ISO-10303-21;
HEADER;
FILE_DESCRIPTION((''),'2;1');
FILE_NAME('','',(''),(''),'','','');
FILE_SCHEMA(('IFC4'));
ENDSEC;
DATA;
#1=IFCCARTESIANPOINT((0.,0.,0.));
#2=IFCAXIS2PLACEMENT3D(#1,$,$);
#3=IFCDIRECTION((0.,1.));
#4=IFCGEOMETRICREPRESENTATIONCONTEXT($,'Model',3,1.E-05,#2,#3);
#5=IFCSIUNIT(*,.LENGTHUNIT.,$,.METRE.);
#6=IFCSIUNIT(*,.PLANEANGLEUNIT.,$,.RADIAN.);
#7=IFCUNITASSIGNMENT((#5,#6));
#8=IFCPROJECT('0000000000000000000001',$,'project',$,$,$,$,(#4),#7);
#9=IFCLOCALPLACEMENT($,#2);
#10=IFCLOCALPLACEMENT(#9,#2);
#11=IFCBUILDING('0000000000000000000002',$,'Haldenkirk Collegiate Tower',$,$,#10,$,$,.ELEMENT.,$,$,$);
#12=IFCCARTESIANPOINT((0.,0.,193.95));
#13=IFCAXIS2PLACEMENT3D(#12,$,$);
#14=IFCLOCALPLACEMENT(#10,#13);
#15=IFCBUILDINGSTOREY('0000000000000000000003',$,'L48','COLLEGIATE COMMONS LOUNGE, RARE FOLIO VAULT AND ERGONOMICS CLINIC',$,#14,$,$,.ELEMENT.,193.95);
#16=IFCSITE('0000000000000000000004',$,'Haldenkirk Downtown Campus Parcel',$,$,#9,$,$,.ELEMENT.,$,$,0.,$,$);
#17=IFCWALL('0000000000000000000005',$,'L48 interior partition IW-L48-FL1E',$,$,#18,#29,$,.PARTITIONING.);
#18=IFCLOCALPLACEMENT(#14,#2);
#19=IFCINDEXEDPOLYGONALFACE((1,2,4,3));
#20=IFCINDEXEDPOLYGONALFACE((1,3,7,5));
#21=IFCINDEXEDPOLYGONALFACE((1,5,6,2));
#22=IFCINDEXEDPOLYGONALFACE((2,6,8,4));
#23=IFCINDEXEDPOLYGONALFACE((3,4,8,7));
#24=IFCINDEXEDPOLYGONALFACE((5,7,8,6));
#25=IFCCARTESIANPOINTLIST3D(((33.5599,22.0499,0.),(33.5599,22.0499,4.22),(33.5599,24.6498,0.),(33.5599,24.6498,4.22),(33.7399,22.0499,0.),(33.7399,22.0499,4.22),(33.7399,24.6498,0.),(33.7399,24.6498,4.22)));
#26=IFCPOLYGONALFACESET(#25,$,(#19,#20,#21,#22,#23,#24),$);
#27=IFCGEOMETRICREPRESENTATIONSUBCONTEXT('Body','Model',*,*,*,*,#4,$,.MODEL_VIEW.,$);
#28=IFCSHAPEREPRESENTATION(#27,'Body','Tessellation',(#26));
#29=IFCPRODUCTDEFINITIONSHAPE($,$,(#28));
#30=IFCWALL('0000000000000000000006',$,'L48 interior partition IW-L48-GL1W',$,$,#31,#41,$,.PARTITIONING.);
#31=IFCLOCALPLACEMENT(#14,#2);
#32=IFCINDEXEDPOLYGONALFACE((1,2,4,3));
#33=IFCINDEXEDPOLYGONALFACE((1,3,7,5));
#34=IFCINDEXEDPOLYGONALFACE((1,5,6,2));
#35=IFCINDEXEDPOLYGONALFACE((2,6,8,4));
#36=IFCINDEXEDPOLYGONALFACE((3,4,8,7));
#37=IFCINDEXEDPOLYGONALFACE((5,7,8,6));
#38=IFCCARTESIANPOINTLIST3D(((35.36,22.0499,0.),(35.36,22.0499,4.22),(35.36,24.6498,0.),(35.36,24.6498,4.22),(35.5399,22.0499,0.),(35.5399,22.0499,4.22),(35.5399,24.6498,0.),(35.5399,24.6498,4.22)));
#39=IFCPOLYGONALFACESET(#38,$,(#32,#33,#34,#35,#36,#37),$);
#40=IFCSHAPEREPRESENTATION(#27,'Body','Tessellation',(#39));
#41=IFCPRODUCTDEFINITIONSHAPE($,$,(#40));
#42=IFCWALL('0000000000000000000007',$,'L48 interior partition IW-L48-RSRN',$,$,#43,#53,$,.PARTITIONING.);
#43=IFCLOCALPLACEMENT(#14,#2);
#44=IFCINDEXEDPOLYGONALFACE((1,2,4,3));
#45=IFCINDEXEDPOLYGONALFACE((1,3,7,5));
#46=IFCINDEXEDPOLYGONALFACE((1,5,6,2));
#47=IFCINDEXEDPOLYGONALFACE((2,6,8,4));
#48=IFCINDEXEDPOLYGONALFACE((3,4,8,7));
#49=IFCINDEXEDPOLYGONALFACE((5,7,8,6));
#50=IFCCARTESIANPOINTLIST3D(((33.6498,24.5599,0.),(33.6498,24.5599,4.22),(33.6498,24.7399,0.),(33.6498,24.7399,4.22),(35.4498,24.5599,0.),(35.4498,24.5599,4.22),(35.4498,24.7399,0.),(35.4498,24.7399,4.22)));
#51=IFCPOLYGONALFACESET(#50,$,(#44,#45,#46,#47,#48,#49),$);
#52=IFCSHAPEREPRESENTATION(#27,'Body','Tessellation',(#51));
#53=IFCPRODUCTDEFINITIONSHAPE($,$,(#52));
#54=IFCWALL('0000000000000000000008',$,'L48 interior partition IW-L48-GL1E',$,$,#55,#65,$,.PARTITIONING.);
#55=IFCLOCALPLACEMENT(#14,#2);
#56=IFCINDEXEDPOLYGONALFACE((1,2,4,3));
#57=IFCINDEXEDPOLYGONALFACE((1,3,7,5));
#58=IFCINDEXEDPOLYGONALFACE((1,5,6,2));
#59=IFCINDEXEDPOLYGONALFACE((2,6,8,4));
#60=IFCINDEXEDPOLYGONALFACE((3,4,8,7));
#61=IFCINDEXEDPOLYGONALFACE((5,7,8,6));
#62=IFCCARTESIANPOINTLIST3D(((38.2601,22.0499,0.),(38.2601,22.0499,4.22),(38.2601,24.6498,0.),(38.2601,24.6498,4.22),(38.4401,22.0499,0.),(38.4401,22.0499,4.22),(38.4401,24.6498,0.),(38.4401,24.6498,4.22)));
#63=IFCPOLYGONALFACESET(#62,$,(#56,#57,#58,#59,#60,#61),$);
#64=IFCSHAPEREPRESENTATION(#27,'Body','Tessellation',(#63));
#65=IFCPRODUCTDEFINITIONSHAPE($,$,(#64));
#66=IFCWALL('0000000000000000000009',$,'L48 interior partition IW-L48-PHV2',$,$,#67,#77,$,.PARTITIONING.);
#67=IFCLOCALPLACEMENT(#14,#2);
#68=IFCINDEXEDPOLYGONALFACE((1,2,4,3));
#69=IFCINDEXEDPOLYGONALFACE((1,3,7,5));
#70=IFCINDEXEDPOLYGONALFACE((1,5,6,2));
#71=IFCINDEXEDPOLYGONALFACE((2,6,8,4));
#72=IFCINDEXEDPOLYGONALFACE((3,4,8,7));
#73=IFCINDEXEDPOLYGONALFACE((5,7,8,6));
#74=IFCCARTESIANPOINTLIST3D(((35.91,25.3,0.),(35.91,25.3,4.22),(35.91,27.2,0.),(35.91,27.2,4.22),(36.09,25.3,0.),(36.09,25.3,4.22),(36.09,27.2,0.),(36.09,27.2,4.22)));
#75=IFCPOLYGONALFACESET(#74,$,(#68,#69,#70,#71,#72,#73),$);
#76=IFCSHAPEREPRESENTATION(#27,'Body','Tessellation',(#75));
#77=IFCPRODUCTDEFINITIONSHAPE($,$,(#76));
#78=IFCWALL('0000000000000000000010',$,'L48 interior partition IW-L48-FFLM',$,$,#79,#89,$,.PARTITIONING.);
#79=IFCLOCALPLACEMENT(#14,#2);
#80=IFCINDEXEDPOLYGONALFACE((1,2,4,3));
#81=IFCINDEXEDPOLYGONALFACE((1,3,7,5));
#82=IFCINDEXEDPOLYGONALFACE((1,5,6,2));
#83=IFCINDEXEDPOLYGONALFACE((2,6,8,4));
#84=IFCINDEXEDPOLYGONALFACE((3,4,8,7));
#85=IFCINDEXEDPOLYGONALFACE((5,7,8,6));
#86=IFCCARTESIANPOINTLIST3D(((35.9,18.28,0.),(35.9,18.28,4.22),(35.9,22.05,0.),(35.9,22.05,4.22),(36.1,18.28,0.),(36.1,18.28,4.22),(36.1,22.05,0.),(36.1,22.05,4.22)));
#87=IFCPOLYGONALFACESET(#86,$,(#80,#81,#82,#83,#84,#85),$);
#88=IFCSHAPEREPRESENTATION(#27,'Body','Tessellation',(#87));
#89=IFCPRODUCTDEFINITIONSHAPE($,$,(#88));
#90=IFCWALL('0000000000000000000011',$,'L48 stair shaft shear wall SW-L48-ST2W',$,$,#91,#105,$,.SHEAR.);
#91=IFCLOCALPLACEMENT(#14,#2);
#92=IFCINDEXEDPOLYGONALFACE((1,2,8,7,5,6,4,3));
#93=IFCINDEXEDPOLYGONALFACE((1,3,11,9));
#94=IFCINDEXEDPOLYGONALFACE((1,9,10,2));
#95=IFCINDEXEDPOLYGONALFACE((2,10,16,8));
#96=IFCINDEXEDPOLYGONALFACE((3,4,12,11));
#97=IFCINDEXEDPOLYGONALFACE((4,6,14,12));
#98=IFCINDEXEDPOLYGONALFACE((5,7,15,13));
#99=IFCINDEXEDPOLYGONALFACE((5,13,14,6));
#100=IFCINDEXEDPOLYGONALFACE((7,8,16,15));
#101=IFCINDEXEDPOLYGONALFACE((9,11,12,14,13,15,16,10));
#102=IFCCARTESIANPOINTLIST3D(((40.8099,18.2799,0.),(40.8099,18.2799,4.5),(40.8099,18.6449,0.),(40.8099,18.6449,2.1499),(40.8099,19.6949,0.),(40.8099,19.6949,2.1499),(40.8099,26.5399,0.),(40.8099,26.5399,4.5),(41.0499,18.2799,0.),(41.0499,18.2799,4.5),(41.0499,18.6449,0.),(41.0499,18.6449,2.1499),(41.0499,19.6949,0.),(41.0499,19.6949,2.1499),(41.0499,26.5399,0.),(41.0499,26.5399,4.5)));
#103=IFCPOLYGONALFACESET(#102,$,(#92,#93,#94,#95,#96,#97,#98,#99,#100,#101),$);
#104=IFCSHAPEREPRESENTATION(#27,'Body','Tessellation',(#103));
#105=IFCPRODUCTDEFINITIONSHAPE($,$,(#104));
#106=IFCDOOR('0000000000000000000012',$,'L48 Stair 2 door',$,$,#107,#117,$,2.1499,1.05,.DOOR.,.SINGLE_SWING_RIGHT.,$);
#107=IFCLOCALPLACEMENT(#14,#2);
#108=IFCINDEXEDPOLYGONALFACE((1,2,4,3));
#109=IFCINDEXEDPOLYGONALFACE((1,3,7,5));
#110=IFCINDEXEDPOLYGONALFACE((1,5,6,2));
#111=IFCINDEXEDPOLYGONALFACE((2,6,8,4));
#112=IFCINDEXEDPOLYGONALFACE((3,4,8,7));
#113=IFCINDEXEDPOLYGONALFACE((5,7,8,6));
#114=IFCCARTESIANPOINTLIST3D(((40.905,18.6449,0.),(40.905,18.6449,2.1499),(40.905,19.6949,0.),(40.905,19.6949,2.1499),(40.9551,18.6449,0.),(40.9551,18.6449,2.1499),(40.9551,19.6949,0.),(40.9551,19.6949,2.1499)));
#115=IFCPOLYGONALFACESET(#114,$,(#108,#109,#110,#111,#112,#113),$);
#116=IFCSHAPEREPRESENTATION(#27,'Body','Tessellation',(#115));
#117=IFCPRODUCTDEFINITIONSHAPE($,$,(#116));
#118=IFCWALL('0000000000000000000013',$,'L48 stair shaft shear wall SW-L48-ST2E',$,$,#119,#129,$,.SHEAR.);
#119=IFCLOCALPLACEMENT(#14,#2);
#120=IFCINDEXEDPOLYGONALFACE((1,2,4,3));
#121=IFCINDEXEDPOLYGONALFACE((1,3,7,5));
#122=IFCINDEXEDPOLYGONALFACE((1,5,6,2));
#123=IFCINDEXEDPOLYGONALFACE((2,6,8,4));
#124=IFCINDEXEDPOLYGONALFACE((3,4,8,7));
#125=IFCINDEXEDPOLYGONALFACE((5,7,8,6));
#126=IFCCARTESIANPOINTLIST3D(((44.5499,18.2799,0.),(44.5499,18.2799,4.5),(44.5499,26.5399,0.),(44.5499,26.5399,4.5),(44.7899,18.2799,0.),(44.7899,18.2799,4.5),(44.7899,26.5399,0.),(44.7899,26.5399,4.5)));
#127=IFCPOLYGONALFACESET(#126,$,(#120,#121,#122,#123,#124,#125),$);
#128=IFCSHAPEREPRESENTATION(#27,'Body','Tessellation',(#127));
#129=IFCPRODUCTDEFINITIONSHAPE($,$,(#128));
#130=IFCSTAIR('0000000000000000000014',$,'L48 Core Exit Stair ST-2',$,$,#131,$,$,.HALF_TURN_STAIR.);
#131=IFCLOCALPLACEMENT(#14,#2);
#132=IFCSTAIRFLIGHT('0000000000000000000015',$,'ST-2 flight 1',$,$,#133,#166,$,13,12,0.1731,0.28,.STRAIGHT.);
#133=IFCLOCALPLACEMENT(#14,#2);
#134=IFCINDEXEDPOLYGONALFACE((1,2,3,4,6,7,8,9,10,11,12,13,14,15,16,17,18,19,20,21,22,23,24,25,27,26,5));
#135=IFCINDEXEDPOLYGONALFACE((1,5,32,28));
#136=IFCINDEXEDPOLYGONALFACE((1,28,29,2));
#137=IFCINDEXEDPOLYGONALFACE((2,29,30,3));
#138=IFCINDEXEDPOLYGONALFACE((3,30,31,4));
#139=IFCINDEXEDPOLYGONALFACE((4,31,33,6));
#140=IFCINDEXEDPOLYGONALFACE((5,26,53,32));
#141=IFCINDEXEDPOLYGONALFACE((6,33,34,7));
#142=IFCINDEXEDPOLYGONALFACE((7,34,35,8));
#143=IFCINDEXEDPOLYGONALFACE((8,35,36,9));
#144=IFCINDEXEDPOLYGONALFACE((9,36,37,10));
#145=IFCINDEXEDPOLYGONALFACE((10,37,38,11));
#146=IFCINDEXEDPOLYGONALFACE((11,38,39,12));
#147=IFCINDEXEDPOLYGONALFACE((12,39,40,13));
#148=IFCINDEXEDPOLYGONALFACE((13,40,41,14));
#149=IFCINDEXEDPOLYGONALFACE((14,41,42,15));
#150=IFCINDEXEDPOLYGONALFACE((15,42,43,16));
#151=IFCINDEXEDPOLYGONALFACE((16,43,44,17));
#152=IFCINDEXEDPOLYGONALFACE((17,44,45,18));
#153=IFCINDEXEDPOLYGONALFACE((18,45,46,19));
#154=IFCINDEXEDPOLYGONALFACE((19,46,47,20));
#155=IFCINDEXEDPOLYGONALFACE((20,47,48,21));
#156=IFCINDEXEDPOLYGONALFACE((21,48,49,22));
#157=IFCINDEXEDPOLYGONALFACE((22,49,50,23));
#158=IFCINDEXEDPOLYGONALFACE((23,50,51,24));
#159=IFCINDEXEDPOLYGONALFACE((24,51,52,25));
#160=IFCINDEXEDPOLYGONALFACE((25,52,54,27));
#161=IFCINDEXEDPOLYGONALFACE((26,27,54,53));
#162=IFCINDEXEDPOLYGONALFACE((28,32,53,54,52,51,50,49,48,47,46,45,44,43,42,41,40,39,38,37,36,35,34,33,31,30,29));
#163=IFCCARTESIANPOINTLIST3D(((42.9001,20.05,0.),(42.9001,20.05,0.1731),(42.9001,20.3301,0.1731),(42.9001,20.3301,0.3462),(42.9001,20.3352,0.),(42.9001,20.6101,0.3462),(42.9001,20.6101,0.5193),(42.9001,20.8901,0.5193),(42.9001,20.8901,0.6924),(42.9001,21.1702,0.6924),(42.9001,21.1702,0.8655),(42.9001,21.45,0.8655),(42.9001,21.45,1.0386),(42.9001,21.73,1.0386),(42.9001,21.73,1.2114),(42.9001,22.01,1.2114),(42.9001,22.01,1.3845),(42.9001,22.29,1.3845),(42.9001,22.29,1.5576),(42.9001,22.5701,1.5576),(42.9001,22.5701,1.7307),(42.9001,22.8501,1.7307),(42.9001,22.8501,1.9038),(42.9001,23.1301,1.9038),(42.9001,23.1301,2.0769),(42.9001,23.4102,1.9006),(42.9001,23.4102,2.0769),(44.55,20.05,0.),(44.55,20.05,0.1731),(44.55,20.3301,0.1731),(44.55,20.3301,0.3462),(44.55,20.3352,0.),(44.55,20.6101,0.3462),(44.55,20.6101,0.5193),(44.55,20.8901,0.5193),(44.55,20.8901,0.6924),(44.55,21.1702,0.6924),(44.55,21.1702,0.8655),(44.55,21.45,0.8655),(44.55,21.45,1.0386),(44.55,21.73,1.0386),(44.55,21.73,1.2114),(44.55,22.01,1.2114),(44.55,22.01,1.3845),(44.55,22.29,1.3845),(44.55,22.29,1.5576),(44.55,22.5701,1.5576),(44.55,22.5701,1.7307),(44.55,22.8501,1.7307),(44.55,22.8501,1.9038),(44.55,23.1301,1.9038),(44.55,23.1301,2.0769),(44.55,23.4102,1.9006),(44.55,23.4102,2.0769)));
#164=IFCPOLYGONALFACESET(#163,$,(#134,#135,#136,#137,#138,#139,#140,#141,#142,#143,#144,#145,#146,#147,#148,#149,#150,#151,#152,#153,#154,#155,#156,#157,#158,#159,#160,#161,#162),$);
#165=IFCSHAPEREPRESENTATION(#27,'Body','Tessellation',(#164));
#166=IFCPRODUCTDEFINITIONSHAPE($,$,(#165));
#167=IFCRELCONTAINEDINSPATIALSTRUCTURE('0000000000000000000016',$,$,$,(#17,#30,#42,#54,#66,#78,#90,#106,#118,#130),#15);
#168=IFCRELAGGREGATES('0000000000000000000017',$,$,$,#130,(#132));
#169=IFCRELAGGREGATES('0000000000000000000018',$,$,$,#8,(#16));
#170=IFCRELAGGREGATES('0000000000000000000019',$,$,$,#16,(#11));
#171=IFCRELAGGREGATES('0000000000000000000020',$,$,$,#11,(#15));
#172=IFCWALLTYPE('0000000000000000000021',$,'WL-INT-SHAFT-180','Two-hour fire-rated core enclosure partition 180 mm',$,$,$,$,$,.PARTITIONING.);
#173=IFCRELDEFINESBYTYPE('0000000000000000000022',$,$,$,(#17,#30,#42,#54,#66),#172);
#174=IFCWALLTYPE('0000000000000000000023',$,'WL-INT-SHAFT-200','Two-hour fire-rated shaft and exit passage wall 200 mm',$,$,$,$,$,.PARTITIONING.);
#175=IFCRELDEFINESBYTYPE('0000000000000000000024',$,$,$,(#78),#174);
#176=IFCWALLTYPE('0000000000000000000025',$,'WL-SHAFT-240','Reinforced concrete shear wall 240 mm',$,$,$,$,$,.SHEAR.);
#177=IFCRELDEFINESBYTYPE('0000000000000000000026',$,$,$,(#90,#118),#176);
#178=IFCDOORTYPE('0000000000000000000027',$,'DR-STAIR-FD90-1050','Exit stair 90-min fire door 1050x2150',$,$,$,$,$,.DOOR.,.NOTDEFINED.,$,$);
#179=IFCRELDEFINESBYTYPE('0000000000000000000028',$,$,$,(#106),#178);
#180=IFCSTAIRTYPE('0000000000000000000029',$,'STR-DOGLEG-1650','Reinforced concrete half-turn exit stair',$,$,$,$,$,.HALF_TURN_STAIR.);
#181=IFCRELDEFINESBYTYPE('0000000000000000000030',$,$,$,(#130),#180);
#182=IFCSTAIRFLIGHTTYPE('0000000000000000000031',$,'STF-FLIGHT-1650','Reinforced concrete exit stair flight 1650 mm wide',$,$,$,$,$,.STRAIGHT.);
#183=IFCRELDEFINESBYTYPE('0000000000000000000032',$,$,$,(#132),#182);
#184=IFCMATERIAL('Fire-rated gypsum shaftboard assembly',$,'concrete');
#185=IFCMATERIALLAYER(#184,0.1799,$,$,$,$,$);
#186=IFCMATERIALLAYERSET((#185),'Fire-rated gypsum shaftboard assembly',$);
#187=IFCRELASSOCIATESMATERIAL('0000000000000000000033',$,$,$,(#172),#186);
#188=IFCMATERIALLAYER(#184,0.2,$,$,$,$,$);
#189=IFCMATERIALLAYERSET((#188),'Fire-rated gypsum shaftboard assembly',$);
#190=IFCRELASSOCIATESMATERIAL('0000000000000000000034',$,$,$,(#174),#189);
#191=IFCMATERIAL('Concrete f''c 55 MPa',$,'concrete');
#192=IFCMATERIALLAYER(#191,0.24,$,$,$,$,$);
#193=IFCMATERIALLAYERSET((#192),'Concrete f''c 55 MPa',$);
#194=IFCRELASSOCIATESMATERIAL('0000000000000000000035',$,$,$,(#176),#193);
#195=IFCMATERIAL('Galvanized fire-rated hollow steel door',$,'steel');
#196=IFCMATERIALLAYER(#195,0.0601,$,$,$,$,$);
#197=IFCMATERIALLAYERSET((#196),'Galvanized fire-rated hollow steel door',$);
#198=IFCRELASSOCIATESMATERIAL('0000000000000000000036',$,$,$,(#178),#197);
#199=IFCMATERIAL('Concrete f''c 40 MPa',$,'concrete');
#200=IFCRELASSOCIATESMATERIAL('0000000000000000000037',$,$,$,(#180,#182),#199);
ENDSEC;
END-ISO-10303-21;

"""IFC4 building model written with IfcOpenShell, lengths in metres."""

from ifc_helpers import new_model, si_unit, direction, frame, frame_2d, origin, place, context, subcontext, project, spatial, polyline, rectangle, outline, extrude, material, layer, layer_set, type_object, element, fill, aggregate, save


model = new_model("IFC4")

# Units and contexts
model_context = context("Model", 3, precision=1e-05, world=origin(), true_north=direction((0.0, 1.0)))
body_context = subcontext(model_context, "Body", "Model", "MODEL_VIEW")
ifc_project = project(units=[si_unit("LENGTHUNIT", "METRE"), si_unit("PLANEANGLEUNIT", "RADIAN")], contexts=[model_context])

# Site, building, storey
site_placement = place(None, origin())
site = spatial("IfcSite", under=ifc_project, at=site_placement, Name="Haldenkirk Downtown Campus Parcel", CompositionType="ELEMENT", RefElevation=0.0)
building_placement = place(site_placement, origin())
building = spatial("IfcBuilding", under=site, at=building_placement, Name="Haldenkirk Collegiate Tower", CompositionType="ELEMENT")
storey_placement = place(building_placement, frame((0.0, 0.0, 193.95)))
storey = spatial("IfcBuildingStorey", under=building, at=storey_placement, Name="L48", Description="COLLEGIATE COMMONS LOUNGE, RARE FOLIO VAULT AND ERGONOMICS CLINIC", CompositionType="ELEMENT", Elevation=193.95)

# Walls
ifc_material_1 = material(Name="Fire-rated gypsum shaftboard assembly", Category="concrete")
ifc_layer_1 = layer(ifc_material_1, 0.1799)
ifc_layer_set_1 = layer_set([ifc_layer_1], Name="Fire-rated gypsum shaftboard assembly")
wall_type_1 = type_object("IfcWallType", Name="WL-INT-SHAFT-180", Description="Two-hour fire-rated core enclosure partition 180 mm", PredefinedType="PARTITIONING", material=ifc_layer_set_1)
for number, where, z_axis, x_axis, name in (
    (1, (33.6499, 22.05, 0.0), (0.0, 0.0, 1.0), (0.0, 1.0, 0.0), "L48 interior partition IW-L48-FL1E"),
    (2, (35.45, 22.05, 0.0), (0.0, 0.0, 1.0), (0.0, 1.0, 0.0), "L48 interior partition IW-L48-GL1W"),
):
    element("IfcWall", number, at=place(storey_placement, frame(where, z_axis=z_axis, x_axis=x_axis)), inside=storey, type_object=wall_type_1, Name=name, PredefinedType="PARTITIONING", context=body_context, shape_type="SweptSolid", body=[
        extrude(rectangle(XDim=2.5999, YDim=0.1799, at=frame_2d((1.2998, 0.0))), origin(), (0.0, 0.0, 1.0), 4.22),
    ])
wall_1_placement = place(storey_placement, frame((33.6499, 24.6499, 0.0), z_axis=(0.0, 0.0, 1.0), x_axis=(1.0, 0.0, 0.0)))
element("IfcWall", 3, at=wall_1_placement, inside=storey, type_object=wall_type_1, Name="L48 interior partition IW-L48-RSRN", PredefinedType="PARTITIONING", context=body_context, shape_type="SweptSolid", body=[
    extrude(rectangle(XDim=1.8, YDim=0.1799, at=frame_2d((0.8999, 0.0))), origin(), (0.0, 0.0, 1.0), 4.22),
])
wall_2_placement = place(storey_placement, frame((38.3501, 22.05, 0.0), z_axis=(0.0, 0.0, 1.0), x_axis=(0.0, 1.0, 0.0)))
element("IfcWall", 4, at=wall_2_placement, inside=storey, type_object=wall_type_1, Name="L48 interior partition IW-L48-GL1E", PredefinedType="PARTITIONING", context=body_context, shape_type="SweptSolid", body=[
    extrude(rectangle(XDim=2.5999, YDim=0.1799, at=frame_2d((1.2998, 0.0))), origin(), (0.0, 0.0, 1.0), 4.22),
])
wall_3_placement = place(storey_placement, frame((36.0, 25.3, 0.0), z_axis=(0.0, 0.0, 1.0), x_axis=(0.0, 1.0, 0.0)))
element("IfcWall", 5, at=wall_3_placement, inside=storey, type_object=wall_type_1, Name="L48 interior partition IW-L48-PHV2", PredefinedType="PARTITIONING", context=body_context, shape_type="SweptSolid", body=[
    extrude(rectangle(XDim=1.8999, YDim=0.1799, at=frame_2d((0.95, 0.0))), origin(), (0.0, 0.0, 1.0), 4.22),
])
ifc_layer_2 = layer(ifc_material_1, 0.2)
ifc_layer_set_2 = layer_set([ifc_layer_2], Name="Fire-rated gypsum shaftboard assembly")
wall_type_2 = type_object("IfcWallType", Name="WL-INT-SHAFT-200", Description="Two-hour fire-rated shaft and exit passage wall 200 mm", PredefinedType="PARTITIONING", material=ifc_layer_set_2)
wall_4_placement = place(storey_placement, frame((36.0, 18.28, 0.0), z_axis=(0.0, 0.0, 1.0), x_axis=(0.0, 1.0, 0.0)))
element("IfcWall", 6, at=wall_4_placement, inside=storey, type_object=wall_type_2, Name="L48 interior partition IW-L48-FFLM", PredefinedType="PARTITIONING", context=body_context, shape_type="SweptSolid", body=[
    extrude(rectangle(XDim=3.77, YDim=0.2, at=frame_2d((1.885, 0.0))), origin(), (0.0, 0.0, 1.0), 4.22),
])

# Wall, opening, door
ifc_material_2 = material(Name="Concrete f'c 55 MPa", Category="concrete")
ifc_layer_3 = layer(ifc_material_2, 0.24)
ifc_layer_set_3 = layer_set([ifc_layer_3], Name="Concrete f'c 55 MPa")
wall_type_3 = type_object("IfcWallType", Name="WL-SHAFT-240", Description="Reinforced concrete shear wall 240 mm", PredefinedType="SHEAR", material=ifc_layer_set_3)
wall_5_placement = place(storey_placement, frame((40.9299, 18.28, 0.0), z_axis=(0.0, 0.0, 1.0), x_axis=(0.0, 1.0, 0.0)))
wall_5 = element("IfcWall", 7, at=wall_5_placement, inside=storey, type_object=wall_type_3, Name="L48 stair shaft shear wall SW-L48-ST2W", PredefinedType="SHEAR", context=body_context, shape_type="SweptSolid", body=[
    extrude(rectangle(XDim=8.26, YDim=0.24, at=frame_2d((4.1299, 0.0))), origin(), (0.0, 0.0, 1.0), 4.5),
])
opening_1_placement = place(wall_5_placement, frame((0.365, 0.0, 0.0)))
opening_1 = element("IfcOpeningElement", 8, at=opening_1_placement, cuts=wall_5, PredefinedType="OPENING", context=body_context, shape_type="SweptSolid", body=[
    extrude(rectangle(XDim=1.05, YDim=2.1499, at=frame_2d((0.5249, 1.075))), frame((0.0, 0.1299, 0.0), z_axis=(0.0, -1.0, 0.0), x_axis=(1.0, 0.0, 0.0)), (0.0, 0.0, 1.0), 0.26),
])
ifc_material_3 = material(Name="Galvanized fire-rated hollow steel door", Category="steel")
ifc_layer_4 = layer(ifc_material_3, 0.0601)
ifc_layer_set_4 = layer_set([ifc_layer_4], Name="Galvanized fire-rated hollow steel door")
door_type_1 = type_object("IfcDoorType", Name="DR-STAIR-FD90-1050", Description="Exit stair 90-min fire door 1050x2150", OperationType="NOTDEFINED", PredefinedType="DOOR", material=ifc_layer_set_4)
door_1_placement = place(opening_1_placement, origin())
door_1 = element("IfcDoor", 9, at=door_1_placement, inside=storey, type_object=door_type_1, Name="L48 Stair 2 door", OperationType="SINGLE_SWING_RIGHT", OverallHeight=2.1499, OverallWidth=1.05, PredefinedType="DOOR", context=body_context, shape_type="SweptSolid", body=[
    extrude(rectangle(XDim=1.05, YDim=2.1499, at=frame_2d((0.5249, 1.075))), frame((0.0, 0.0249, 0.0), z_axis=(0.0, -1.0, 0.0), x_axis=(1.0, 0.0, 0.0)), (0.0, 0.0, 1.0), 0.05),
])
fill(opening_1, door_1)

# Wall
wall_6_placement = place(storey_placement, frame((44.6699, 18.28, 0.0), z_axis=(0.0, 0.0, 1.0), x_axis=(0.0, 1.0, 0.0)))
element("IfcWall", 10, at=wall_6_placement, inside=storey, type_object=wall_type_3, Name="L48 stair shaft shear wall SW-L48-ST2E", PredefinedType="SHEAR", context=body_context, shape_type="SweptSolid", body=[
    extrude(rectangle(XDim=8.26, YDim=0.24, at=frame_2d((4.1299, 0.0))), origin(), (0.0, 0.0, 1.0), 4.5),
])

# Stair, stair flight
ifc_material_4 = material(Name="Concrete f'c 40 MPa", Category="concrete")
stair_type = type_object("IfcStairType", Name="STR-DOGLEG-1650", Description="Reinforced concrete half-turn exit stair", PredefinedType="HALF_TURN_STAIR", material=ifc_material_4)
stair_placement = place(storey_placement, origin())
stair = element("IfcStair", 11, at=stair_placement, inside=storey, type_object=stair_type, Name="L48 Core Exit Stair ST-2", PredefinedType="HALF_TURN_STAIR")
stair_flight_type = type_object("IfcStairFlightType", Name="STF-FLIGHT-1650", Description="Reinforced concrete exit stair flight 1650 mm wide", PredefinedType="STRAIGHT", material=ifc_material_4)
stair_flight_1_placement = place(storey_placement, frame((43.7251, 20.05, 0.0), z_axis=(0.0, 0.0, 1.0), x_axis=(0.0, 1.0, 0.0)))
stair_flight_1 = element("IfcStairFlight", 12, at=stair_flight_1_placement, type_object=stair_flight_type, Name="ST-2 flight 1", NumberOfRisers=13, NumberOfTreads=12, PredefinedType="STRAIGHT", RiserHeight=0.1731, TreadLength=0.28, context=body_context, shape_type="SweptSolid", body=[
    extrude(outline(polyline([(0.0, 0.0), (0.0, 0.1731), (0.28, 0.1731), (0.28, 0.3462), (0.5601, 0.3462), (0.5601, 0.5193), (0.8401, 0.5193), (0.8401, 0.6924), (1.1201, 0.6924), (1.1201, 0.8655), (1.3999, 0.8655), (1.3999, 1.0386), (1.6799, 1.0386), (1.6799, 1.2114), (1.96, 1.2114), (1.96, 1.3845), (2.24, 1.3845), (2.24, 1.5576), (2.52, 1.5576), (2.52, 1.7307), (2.8, 1.7307), (2.8, 1.9038), (3.0801, 1.9038), (3.0801, 2.0769), (3.3601, 2.0769), (3.3601, 2.25), (3.3601, 1.9006), (0.2852, 0.0), (0.0, 0.0)])), frame((0.0, 0.825, 0.0), z_axis=(0.0, -1.0, 0.0), x_axis=(1.0, 0.0, 0.0)), (0.0, 0.0, 1.0), 1.6499),
])
aggregate(stair, [stair_flight_1])

save(model, "model.ifc")
